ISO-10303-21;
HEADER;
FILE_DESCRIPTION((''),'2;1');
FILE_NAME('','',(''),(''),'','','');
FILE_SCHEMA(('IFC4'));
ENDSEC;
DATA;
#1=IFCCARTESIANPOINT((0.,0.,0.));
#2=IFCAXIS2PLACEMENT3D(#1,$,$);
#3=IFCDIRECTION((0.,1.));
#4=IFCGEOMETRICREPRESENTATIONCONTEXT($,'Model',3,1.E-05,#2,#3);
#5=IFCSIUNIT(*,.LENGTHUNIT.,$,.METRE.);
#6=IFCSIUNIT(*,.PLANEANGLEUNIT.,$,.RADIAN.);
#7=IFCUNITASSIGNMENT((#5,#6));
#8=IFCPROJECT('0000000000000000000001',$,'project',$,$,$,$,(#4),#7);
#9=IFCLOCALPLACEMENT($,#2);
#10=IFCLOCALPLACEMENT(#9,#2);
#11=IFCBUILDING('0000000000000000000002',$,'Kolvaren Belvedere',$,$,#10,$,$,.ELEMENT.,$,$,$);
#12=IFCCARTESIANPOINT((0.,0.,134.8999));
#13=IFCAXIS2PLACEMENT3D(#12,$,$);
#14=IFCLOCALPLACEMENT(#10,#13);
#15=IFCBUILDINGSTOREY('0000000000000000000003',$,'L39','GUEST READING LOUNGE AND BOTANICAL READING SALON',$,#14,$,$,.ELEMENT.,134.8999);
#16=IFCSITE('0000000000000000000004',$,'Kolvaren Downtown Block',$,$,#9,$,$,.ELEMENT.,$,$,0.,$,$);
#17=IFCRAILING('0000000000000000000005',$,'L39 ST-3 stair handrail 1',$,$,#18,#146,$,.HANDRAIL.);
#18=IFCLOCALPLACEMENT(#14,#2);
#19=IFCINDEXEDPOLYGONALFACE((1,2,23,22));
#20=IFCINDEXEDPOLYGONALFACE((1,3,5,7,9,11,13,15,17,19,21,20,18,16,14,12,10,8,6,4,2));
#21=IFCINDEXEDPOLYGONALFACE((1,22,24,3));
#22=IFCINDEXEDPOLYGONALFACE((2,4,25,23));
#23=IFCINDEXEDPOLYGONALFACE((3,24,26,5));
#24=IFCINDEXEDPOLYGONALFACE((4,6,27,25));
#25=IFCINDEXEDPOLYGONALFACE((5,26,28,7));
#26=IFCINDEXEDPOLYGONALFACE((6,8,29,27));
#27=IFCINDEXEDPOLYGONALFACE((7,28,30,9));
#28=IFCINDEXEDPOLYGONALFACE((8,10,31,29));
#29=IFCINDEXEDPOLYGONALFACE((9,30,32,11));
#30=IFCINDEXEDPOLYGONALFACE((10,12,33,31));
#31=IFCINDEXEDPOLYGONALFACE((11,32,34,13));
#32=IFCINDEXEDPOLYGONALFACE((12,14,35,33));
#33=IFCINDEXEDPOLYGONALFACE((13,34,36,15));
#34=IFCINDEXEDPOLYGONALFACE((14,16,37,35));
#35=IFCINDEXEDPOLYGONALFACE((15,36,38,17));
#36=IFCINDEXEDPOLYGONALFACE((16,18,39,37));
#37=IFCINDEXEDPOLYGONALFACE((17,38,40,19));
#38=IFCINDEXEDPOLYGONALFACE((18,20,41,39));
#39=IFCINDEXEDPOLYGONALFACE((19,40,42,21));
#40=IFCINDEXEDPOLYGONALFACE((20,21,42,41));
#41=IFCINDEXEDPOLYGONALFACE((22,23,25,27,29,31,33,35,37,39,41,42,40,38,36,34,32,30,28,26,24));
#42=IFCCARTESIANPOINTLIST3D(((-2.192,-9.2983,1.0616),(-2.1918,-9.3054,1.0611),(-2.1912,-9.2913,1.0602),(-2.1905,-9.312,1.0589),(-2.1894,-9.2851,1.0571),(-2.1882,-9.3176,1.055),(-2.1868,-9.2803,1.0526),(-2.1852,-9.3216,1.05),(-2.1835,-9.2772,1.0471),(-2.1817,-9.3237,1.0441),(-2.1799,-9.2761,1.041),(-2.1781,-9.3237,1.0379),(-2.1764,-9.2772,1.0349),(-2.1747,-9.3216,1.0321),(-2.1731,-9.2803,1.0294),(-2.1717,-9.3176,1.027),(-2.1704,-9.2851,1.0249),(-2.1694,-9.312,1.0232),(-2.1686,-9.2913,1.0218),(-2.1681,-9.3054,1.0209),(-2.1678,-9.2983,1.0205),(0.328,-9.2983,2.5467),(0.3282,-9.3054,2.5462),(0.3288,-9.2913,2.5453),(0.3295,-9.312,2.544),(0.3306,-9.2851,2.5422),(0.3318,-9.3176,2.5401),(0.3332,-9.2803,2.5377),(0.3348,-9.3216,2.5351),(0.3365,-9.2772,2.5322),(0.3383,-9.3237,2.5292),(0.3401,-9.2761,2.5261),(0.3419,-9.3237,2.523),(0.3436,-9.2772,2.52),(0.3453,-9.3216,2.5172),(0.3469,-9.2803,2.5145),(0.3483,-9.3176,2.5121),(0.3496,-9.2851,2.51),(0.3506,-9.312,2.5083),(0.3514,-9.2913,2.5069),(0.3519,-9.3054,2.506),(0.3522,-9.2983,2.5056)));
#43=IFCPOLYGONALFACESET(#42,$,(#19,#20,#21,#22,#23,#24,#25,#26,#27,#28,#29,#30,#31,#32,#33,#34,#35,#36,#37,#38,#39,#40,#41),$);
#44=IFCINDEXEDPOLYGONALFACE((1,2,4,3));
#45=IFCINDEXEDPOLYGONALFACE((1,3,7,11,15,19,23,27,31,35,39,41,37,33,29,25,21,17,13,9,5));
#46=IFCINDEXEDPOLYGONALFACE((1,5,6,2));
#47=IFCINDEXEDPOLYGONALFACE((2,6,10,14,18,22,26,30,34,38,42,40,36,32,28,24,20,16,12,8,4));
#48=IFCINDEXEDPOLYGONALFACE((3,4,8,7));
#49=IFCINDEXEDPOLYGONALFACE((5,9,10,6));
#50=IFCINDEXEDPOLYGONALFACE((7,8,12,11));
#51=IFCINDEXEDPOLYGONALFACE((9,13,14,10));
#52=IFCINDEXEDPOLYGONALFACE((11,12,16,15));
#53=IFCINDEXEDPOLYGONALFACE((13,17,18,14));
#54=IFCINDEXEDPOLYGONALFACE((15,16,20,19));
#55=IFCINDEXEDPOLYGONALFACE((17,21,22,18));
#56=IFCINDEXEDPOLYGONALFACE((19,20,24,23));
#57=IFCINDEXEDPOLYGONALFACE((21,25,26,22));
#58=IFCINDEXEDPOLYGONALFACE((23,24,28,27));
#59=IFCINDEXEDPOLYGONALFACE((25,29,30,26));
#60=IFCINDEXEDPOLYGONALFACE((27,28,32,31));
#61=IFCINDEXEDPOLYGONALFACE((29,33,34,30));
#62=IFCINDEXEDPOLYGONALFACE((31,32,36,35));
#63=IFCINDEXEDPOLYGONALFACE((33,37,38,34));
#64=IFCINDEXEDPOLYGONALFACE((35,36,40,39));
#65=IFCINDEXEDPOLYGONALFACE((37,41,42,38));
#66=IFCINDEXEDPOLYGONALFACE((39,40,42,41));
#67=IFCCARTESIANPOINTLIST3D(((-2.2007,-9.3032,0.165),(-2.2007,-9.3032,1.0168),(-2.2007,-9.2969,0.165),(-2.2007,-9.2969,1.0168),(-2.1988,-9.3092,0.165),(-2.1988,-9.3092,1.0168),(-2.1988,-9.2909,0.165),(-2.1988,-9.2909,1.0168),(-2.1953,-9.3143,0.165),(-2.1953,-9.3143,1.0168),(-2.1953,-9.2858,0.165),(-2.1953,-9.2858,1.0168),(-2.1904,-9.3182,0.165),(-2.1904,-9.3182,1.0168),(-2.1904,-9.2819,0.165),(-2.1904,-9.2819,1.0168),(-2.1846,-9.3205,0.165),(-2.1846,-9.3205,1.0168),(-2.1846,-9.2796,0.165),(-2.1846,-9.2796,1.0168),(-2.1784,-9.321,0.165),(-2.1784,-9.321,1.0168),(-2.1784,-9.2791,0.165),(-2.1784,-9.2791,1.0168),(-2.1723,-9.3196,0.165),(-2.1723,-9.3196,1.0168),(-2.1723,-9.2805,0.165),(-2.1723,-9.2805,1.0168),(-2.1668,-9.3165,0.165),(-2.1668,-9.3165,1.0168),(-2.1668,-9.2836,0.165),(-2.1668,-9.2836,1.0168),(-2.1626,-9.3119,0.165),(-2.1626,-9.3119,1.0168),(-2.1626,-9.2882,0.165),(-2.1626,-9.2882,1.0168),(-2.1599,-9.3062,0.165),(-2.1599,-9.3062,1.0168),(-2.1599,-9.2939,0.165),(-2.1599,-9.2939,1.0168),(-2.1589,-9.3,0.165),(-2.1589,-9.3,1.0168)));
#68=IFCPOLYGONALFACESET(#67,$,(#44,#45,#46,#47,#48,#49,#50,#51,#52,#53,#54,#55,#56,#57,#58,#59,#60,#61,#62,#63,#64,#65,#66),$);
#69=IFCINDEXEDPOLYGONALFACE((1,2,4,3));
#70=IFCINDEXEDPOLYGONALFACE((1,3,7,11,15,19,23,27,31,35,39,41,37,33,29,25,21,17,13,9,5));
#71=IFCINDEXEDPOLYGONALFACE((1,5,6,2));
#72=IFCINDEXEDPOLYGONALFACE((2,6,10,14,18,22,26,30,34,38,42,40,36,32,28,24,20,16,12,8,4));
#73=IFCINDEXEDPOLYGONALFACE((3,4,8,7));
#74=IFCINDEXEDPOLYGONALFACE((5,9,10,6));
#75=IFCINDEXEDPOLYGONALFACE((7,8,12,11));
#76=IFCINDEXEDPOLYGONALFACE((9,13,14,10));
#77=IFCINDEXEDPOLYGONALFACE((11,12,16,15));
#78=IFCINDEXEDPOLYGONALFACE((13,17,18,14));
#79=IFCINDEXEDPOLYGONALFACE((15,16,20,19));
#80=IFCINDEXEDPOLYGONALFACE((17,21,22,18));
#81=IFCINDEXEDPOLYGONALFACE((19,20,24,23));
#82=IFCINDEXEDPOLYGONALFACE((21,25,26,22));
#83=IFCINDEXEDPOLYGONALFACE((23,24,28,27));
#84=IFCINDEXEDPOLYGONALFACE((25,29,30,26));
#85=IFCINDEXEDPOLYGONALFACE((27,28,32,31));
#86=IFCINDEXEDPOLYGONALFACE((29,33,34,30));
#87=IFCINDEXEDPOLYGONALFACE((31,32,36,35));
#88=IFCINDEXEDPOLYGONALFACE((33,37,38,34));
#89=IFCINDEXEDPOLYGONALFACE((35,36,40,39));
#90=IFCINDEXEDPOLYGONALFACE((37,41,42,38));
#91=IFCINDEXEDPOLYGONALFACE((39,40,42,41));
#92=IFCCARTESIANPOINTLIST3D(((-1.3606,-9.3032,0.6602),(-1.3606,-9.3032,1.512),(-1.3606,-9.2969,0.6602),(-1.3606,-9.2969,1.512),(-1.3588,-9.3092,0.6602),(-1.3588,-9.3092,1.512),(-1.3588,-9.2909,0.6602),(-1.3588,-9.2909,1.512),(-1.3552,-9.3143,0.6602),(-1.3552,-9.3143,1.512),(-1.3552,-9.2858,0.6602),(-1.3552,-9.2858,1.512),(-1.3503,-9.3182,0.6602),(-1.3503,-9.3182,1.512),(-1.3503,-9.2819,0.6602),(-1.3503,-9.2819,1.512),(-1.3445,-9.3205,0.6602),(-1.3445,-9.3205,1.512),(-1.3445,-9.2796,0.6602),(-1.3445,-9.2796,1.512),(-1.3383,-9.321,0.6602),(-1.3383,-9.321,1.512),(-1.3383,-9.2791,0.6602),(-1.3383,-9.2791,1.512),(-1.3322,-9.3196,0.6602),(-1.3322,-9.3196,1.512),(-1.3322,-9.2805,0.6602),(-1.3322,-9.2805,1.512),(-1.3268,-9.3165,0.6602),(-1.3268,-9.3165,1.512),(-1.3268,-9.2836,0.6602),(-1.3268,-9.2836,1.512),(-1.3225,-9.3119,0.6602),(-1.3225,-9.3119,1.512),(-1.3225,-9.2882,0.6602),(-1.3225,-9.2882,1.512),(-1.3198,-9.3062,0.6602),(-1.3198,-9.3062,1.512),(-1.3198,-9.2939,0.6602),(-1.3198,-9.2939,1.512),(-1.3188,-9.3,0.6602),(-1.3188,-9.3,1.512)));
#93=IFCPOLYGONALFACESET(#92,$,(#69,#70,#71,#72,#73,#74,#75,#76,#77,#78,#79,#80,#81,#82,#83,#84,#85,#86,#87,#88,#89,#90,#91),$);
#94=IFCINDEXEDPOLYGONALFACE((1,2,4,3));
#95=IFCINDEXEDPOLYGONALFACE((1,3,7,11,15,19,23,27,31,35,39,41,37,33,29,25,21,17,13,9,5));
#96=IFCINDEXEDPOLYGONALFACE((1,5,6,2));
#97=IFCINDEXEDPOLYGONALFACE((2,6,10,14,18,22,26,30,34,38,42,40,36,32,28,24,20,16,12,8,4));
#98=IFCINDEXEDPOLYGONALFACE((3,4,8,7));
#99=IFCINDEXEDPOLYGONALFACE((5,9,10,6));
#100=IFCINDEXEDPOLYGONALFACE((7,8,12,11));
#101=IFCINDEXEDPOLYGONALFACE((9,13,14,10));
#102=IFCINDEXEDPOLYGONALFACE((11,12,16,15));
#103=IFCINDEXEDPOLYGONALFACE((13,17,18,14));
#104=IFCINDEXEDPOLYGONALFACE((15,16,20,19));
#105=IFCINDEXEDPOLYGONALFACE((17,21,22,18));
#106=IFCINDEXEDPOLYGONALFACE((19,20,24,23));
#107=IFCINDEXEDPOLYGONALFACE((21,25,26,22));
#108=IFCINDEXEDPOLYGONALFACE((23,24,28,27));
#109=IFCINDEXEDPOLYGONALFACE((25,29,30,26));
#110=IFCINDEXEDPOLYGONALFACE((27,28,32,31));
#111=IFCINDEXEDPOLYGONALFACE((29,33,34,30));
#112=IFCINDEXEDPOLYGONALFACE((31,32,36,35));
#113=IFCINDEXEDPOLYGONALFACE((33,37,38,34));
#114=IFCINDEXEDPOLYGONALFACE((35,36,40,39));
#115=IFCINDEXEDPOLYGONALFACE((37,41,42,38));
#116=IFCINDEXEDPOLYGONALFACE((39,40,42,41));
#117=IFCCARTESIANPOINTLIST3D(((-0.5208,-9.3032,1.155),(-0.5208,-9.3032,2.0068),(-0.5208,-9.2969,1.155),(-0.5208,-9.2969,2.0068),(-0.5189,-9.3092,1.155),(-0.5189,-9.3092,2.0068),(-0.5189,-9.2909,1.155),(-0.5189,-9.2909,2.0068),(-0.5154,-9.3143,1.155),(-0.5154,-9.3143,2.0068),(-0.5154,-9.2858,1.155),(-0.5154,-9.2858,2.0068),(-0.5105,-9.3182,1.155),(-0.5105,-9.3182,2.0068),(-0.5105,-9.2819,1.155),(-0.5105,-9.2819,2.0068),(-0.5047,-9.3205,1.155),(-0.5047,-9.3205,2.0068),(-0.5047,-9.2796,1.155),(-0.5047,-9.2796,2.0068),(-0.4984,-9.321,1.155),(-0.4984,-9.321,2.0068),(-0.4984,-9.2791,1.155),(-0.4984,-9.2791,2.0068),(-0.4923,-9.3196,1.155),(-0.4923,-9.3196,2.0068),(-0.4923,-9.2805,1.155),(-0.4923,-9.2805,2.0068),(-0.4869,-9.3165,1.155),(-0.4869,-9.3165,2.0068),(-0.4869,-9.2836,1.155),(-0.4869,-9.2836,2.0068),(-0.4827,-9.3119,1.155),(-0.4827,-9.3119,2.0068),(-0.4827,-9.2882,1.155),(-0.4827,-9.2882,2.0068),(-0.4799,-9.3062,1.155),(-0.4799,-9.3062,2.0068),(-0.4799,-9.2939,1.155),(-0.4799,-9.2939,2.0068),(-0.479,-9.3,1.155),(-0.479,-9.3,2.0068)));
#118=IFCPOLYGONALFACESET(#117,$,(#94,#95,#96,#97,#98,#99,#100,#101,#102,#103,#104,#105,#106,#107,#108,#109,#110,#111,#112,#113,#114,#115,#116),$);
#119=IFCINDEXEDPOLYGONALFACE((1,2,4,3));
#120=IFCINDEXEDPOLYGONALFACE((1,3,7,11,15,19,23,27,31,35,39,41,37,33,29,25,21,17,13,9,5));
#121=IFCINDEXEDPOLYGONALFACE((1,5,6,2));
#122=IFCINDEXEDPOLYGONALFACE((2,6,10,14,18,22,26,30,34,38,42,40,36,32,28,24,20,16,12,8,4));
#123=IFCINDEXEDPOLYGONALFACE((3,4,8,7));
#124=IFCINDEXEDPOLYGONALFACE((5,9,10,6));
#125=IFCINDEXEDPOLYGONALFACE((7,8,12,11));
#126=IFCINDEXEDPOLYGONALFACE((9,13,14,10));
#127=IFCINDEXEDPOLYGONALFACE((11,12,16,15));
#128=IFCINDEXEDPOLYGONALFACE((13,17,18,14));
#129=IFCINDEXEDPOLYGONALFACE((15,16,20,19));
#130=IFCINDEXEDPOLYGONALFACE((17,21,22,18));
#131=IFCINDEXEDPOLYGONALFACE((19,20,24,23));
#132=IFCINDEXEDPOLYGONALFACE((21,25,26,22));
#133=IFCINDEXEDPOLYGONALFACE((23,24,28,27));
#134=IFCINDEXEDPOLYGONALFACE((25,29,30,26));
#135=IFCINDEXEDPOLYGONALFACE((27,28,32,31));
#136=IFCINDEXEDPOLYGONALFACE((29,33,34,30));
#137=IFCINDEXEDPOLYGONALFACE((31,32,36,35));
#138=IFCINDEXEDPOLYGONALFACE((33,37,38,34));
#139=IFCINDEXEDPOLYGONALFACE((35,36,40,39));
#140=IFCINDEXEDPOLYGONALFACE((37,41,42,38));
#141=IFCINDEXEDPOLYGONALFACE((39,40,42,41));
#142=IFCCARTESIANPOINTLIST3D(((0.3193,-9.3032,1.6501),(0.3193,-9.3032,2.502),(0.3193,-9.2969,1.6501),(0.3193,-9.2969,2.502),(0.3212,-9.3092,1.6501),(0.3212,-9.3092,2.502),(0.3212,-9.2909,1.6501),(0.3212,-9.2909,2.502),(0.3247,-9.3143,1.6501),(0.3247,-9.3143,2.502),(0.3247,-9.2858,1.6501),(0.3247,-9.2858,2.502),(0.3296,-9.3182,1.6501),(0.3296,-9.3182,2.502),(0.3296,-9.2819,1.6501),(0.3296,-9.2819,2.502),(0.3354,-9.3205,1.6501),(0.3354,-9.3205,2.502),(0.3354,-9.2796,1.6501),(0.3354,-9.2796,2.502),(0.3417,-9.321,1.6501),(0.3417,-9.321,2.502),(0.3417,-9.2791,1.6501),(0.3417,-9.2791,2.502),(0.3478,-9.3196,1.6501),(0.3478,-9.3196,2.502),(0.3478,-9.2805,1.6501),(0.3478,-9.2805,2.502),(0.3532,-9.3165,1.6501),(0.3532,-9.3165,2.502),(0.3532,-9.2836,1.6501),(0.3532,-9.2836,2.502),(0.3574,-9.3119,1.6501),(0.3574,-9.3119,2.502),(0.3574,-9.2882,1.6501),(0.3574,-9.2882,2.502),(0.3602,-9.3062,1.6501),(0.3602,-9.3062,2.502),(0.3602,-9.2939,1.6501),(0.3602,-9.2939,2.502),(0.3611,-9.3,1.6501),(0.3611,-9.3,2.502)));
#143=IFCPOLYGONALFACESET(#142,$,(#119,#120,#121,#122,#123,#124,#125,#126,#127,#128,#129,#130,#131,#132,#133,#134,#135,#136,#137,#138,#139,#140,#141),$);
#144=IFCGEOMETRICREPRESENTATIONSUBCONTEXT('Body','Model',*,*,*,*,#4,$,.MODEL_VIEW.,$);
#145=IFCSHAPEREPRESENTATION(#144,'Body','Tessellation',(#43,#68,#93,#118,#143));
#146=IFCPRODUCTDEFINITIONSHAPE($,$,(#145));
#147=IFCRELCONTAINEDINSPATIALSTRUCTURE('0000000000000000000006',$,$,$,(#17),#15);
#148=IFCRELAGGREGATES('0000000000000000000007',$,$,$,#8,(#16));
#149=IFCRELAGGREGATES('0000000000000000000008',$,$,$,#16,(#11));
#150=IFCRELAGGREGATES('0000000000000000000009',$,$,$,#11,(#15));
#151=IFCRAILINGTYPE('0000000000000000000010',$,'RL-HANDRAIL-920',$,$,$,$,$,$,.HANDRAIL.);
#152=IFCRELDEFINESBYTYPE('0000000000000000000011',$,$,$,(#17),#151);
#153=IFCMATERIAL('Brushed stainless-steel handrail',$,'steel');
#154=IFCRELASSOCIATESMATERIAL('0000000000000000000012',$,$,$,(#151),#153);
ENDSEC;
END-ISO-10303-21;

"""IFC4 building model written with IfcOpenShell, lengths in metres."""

from ifc_helpers import new_model, si_unit, direction, frame, origin, origin_2d, place, context, subcontext, project, spatial, circle, extrude, material, type_object, element, save


model = new_model("IFC4")

# Units and contexts
model_context = context("Model", 3, precision=1e-05, world=origin(), true_north=direction((0.0, 1.0)))
body_context = subcontext(model_context, "Body", "Model", "MODEL_VIEW")
ifc_project = project(units=[si_unit("LENGTHUNIT", "METRE"), si_unit("PLANEANGLEUNIT", "RADIAN")], contexts=[model_context])

# Site, building, storey
site_placement = place(None, origin())
site = spatial("IfcSite", under=ifc_project, at=site_placement, Name="Kolvaren Downtown Block", CompositionType="ELEMENT", RefElevation=0.0)
building_placement = place(site_placement, origin())
building = spatial("IfcBuilding", under=site, at=building_placement, Name="Kolvaren Belvedere", CompositionType="ELEMENT")
storey_placement = place(building_placement, frame((0.0, 0.0, 134.8999)))
storey = spatial("IfcBuildingStorey", under=building, at=storey_placement, Name="L39", Description="GUEST READING LOUNGE AND BOTANICAL READING SALON", CompositionType="ELEMENT", Elevation=134.8999)

# Railing
ifc_material_1 = material(Name="Brushed stainless-steel handrail", Category="steel")
railing_type_1 = type_object("IfcRailingType", Name="RL-HANDRAIL-920", PredefinedType="HANDRAIL", material=ifc_material_1)
railing_1_placement = place(storey_placement, frame((-2.1799, -9.3, 0.165)))
element("IfcRailing", 1, at=railing_1_placement, inside=storey, type_object=railing_type_1, Name="L39 ST-3 stair handrail 1", PredefinedType="HANDRAIL", context=body_context, shape_type="SweptSolid", body=[
    extrude(circle(Radius=0.0239, at=origin_2d()), frame((0.0, 0.0, 0.876), z_axis=(0.861524, 0.0, 0.507717), x_axis=(0.0, 1.0, 0.0)), (0.0, 0.0, 1.0), 2.925),
    extrude(circle(Radius=0.021, at=origin_2d()), origin(), (0.0, 0.0, 1.0), 0.8518),
    extrude(circle(Radius=0.021, at=origin_2d()), frame((0.8401, 0.0, 0.4951)), (0.0, 0.0, 1.0), 0.8518),
    extrude(circle(Radius=0.021, at=origin_2d()), frame((1.6799, 0.0, 0.99)), (0.0, 0.0, 1.0), 0.8518),
    extrude(circle(Radius=0.021, at=origin_2d()), frame((2.52, 0.0, 1.4851)), (0.0, 0.0, 1.0), 0.8518),
])

save(model, "model.ifc")
